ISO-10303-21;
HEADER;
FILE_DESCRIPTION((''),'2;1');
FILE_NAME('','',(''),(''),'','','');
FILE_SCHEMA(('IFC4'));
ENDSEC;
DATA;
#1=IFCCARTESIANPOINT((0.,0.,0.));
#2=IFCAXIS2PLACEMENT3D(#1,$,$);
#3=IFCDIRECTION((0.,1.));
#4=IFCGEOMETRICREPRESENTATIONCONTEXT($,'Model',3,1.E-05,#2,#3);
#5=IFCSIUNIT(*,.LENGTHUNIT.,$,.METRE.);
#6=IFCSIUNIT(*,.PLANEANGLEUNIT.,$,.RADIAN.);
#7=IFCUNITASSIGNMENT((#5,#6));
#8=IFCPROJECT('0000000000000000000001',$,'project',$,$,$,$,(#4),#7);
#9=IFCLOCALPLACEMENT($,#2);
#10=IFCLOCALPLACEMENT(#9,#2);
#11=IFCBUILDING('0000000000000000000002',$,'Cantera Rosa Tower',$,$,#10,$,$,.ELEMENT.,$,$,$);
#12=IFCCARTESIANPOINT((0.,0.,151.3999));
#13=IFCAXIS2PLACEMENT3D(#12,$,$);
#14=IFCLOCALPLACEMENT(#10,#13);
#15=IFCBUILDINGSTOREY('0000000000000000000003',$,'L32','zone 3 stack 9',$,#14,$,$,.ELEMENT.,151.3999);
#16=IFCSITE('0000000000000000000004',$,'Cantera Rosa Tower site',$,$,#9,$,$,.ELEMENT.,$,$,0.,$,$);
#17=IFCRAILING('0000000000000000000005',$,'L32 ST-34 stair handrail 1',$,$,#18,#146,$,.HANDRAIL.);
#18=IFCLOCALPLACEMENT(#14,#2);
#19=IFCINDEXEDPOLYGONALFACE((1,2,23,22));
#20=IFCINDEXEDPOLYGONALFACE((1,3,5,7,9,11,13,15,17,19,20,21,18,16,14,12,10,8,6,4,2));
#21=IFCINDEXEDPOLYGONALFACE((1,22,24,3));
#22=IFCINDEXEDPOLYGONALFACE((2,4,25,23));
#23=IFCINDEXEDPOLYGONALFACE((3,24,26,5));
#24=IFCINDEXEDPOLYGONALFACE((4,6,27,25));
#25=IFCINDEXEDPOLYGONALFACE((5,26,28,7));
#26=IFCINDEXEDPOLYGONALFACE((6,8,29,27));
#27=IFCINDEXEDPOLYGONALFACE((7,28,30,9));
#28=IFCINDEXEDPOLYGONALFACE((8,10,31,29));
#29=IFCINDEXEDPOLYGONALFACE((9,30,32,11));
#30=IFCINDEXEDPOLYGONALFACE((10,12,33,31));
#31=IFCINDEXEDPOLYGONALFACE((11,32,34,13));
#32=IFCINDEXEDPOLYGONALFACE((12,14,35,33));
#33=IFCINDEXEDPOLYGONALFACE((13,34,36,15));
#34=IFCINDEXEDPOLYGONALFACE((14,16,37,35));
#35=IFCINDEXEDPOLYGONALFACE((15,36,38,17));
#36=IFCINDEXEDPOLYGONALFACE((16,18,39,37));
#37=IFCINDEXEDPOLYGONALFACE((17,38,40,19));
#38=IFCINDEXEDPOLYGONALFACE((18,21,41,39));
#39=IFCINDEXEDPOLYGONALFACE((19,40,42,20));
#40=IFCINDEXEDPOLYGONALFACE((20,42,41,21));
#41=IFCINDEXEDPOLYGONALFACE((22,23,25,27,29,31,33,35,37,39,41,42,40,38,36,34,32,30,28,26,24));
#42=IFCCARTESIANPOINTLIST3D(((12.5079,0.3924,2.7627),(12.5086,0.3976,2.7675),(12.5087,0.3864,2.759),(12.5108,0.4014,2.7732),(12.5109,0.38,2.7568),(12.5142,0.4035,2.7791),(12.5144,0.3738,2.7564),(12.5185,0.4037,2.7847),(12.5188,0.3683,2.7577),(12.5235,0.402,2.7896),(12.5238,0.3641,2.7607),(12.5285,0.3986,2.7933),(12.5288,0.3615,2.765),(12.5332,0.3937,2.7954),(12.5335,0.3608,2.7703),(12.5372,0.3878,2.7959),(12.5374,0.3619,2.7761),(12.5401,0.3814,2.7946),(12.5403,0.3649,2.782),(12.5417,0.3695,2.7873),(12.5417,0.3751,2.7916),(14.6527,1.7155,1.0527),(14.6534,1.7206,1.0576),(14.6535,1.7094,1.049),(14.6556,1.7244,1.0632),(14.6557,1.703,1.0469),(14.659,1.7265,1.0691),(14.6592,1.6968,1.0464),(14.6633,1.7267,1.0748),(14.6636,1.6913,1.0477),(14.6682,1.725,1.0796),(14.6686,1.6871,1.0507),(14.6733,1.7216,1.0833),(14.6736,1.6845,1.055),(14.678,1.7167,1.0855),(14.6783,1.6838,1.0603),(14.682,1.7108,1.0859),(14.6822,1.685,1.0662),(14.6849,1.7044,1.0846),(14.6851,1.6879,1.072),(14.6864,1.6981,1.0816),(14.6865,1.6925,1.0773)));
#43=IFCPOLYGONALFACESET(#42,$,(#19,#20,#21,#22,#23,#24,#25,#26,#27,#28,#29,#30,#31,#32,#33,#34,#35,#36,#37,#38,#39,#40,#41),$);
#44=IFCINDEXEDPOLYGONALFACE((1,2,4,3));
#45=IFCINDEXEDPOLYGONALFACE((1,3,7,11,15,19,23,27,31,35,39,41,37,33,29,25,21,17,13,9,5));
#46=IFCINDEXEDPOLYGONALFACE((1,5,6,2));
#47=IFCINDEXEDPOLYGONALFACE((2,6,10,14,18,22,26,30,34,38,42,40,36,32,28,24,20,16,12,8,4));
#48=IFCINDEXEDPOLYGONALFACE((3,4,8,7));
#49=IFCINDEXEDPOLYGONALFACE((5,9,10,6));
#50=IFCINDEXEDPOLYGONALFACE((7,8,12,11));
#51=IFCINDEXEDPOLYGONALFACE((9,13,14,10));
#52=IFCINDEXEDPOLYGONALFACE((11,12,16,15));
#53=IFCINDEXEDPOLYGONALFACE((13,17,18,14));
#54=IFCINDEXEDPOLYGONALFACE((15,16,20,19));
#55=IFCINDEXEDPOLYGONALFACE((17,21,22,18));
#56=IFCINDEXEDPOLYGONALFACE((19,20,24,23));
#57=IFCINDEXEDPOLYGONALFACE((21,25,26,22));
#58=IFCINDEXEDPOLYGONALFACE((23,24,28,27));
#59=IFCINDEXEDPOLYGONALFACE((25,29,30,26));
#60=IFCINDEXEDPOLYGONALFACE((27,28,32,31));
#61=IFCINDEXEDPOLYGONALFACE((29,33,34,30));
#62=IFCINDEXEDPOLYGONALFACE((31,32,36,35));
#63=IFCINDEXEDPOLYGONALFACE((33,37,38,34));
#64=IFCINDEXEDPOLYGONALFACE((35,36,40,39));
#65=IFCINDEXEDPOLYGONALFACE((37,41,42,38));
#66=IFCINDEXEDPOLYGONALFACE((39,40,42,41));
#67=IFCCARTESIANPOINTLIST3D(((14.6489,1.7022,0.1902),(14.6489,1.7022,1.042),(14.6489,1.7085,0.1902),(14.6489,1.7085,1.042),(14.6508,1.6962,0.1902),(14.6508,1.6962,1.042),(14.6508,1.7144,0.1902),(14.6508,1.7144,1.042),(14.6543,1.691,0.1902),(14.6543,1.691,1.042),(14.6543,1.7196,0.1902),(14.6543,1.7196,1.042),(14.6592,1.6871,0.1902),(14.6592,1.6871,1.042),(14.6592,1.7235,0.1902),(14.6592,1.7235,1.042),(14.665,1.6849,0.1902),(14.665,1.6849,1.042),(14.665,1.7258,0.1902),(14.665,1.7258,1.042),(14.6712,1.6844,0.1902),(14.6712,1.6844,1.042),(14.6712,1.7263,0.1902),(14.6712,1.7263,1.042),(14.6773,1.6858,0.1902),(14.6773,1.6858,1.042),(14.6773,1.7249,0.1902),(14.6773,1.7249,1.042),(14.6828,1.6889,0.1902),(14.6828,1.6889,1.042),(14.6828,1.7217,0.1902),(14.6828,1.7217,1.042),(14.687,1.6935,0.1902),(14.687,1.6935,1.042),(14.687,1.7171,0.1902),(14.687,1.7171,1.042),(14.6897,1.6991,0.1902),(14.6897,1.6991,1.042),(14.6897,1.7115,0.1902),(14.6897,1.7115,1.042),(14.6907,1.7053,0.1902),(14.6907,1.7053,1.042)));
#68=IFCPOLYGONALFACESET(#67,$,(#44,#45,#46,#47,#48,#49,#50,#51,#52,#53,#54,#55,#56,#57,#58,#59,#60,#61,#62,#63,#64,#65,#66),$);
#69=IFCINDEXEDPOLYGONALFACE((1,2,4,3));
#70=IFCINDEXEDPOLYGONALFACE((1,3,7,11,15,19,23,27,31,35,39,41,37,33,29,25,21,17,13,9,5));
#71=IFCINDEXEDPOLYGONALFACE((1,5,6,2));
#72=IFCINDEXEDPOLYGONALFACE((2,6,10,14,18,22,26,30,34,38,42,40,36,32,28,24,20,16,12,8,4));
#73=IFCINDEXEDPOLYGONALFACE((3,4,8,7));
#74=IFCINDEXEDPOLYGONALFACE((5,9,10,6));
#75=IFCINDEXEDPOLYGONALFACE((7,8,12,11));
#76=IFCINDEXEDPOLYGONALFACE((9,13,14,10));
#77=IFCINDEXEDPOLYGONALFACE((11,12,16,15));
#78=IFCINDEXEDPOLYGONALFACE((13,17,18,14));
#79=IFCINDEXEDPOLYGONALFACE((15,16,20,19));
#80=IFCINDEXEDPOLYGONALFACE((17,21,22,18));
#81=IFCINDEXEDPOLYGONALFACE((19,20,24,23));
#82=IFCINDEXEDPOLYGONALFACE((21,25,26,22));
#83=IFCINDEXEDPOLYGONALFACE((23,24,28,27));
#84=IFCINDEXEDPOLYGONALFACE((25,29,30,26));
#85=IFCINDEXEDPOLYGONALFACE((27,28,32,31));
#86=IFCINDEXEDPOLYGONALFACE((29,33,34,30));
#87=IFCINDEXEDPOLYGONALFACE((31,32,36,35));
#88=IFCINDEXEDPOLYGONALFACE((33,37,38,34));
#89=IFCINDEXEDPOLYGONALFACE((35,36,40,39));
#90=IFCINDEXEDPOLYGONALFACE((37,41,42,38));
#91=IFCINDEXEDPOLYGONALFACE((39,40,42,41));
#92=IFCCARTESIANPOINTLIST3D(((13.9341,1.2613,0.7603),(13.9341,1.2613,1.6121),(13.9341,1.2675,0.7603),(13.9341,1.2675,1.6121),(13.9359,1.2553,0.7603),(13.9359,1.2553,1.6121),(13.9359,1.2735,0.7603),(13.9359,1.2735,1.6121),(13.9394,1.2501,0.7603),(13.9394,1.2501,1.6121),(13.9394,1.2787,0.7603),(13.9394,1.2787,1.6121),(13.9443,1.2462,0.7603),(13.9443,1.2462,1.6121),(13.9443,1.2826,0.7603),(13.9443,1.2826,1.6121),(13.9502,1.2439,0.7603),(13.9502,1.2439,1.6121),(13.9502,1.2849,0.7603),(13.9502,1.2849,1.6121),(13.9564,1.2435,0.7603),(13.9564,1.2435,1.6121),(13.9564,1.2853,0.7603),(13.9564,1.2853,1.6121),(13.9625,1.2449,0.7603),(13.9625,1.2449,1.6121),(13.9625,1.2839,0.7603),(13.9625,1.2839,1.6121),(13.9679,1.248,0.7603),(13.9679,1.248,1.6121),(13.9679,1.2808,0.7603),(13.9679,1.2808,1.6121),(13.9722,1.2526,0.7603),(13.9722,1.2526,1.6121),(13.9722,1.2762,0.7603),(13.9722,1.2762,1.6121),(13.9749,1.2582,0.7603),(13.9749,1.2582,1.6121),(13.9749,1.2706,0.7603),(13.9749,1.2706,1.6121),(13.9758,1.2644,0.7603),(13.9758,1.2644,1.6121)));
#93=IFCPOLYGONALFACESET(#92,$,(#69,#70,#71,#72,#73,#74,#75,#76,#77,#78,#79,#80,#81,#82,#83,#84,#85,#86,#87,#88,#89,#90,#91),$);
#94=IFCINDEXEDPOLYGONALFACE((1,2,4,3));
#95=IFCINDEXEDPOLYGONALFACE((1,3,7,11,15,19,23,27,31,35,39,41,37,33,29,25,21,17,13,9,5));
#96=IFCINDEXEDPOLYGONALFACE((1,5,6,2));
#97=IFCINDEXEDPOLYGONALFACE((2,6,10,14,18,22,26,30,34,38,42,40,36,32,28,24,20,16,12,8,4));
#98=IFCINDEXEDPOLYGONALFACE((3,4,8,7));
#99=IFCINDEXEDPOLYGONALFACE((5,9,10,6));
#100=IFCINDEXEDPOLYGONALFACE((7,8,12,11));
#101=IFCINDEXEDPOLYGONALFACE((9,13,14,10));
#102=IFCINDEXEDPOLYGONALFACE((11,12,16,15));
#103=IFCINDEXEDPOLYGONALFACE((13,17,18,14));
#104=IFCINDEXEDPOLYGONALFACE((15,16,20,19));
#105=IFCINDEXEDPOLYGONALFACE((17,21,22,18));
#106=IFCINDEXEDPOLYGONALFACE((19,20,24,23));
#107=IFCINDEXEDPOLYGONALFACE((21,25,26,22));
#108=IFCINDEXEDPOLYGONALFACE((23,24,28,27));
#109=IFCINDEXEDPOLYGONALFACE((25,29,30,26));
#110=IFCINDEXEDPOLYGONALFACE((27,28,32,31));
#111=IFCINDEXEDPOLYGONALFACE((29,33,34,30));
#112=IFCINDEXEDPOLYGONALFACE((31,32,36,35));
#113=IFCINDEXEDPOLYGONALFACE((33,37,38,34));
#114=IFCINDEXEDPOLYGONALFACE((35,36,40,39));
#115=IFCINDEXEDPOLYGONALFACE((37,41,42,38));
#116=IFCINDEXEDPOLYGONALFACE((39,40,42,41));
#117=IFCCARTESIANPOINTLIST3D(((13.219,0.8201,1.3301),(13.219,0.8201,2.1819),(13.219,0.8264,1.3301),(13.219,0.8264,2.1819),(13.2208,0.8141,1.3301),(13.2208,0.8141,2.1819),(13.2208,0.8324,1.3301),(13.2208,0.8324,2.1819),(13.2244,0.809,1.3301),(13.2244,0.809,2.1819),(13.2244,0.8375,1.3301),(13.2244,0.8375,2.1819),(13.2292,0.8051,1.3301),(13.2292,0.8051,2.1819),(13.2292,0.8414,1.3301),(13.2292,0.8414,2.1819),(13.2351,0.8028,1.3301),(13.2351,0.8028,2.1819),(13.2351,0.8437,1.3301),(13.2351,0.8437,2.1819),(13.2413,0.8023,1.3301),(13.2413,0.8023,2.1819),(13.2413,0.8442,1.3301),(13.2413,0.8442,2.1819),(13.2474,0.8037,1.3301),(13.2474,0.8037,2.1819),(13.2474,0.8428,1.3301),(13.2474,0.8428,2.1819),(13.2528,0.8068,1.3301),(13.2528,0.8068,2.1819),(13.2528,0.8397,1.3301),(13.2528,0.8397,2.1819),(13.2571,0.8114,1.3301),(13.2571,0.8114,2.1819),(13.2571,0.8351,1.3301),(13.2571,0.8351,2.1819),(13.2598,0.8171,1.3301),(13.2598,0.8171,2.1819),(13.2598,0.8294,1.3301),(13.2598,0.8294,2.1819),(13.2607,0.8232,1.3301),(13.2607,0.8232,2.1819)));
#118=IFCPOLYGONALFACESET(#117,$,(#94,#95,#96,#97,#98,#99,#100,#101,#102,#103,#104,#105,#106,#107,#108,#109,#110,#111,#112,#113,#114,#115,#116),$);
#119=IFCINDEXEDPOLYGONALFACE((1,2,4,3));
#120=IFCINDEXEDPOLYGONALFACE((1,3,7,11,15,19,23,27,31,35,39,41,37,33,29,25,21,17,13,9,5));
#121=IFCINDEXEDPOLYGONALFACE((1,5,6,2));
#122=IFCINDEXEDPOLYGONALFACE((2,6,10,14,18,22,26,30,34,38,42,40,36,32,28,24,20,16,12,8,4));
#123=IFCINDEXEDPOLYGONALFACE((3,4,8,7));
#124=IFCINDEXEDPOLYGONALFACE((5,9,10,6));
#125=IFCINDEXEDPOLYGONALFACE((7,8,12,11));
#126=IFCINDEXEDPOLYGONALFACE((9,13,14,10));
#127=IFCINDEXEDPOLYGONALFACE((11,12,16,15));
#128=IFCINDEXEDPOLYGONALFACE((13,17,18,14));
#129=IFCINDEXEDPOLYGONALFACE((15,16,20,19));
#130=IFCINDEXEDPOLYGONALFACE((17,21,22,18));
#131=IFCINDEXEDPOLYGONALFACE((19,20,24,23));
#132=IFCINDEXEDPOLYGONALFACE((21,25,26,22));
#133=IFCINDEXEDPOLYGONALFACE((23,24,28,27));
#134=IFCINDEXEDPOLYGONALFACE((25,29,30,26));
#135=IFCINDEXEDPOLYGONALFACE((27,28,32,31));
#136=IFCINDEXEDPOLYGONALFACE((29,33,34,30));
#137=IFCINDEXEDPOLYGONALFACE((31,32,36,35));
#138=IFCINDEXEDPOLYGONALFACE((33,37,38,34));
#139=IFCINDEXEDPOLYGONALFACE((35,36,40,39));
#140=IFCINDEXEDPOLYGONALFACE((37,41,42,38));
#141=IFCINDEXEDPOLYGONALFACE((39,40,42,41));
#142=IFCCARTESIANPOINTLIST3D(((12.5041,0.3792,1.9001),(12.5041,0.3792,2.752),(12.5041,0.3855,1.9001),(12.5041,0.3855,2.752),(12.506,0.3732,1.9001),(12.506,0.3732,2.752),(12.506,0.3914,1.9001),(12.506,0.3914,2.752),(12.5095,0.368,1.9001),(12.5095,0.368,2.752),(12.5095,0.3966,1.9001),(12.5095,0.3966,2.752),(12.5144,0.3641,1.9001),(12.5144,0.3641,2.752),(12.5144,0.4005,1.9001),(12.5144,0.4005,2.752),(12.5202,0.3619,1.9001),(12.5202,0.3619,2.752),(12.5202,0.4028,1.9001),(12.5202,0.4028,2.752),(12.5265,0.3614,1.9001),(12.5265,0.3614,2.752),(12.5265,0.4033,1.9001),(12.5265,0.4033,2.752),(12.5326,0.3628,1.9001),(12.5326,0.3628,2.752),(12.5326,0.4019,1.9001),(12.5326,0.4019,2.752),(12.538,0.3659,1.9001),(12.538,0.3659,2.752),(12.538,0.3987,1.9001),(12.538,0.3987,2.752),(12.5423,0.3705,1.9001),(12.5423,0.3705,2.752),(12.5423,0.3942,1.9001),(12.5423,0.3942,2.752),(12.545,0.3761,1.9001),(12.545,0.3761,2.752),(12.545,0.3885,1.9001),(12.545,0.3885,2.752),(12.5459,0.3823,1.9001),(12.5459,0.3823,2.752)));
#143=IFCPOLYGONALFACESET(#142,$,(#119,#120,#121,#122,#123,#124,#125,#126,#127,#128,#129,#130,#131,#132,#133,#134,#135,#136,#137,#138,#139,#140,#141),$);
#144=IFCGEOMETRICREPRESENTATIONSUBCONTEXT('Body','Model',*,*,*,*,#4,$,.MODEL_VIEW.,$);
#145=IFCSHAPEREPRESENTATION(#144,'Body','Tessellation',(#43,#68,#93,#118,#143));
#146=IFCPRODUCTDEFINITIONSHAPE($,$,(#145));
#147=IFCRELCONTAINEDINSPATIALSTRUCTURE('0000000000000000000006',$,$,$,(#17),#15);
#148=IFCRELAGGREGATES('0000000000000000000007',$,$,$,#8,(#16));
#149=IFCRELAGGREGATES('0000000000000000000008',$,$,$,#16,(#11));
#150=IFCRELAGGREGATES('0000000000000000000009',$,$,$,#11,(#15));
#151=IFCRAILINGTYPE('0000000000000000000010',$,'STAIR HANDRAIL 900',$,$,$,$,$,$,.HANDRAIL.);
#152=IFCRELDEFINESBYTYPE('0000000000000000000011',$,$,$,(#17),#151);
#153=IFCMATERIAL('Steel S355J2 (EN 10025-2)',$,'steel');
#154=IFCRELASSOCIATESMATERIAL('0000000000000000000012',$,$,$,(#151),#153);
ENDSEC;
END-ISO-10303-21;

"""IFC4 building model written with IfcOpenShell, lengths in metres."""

from ifc_helpers import new_model, si_unit, direction, frame, origin, origin_2d, place, context, subcontext, project, spatial, circle, extrude, material, type_object, element, save


model = new_model("IFC4")

# Units and contexts
model_context = context("Model", 3, precision=1e-05, world=origin(), true_north=direction((0.0, 1.0)))
body_context = subcontext(model_context, "Body", "Model", "MODEL_VIEW")
ifc_project = project(units=[si_unit("LENGTHUNIT", "METRE"), si_unit("PLANEANGLEUNIT", "RADIAN")], contexts=[model_context])

# Site, building, storey
site_placement = place(None, origin())
site = spatial("IfcSite", under=ifc_project, at=site_placement, Name="Cantera Rosa Tower site", CompositionType="ELEMENT", RefElevation=0.0)
building_placement = place(site_placement, origin())
building = spatial("IfcBuilding", under=site, at=building_placement, Name="Cantera Rosa Tower", CompositionType="ELEMENT")
storey_placement = place(building_placement, frame((0.0, 0.0, 151.3999)))
storey = spatial("IfcBuildingStorey", under=building, at=storey_placement, Name="L32", Description="zone 3 stack 9", CompositionType="ELEMENT", Elevation=151.3999)

# Railing
ifc_material_1 = material(Name="Steel S355J2 (EN 10025-2)", Category="steel")
railing_type_1 = type_object("IfcRailingType", Name="STAIR HANDRAIL 900", PredefinedType="HANDRAIL", material=ifc_material_1)
railing_1_placement = place(storey_placement, frame((14.6697, 1.7053, 0.1902)))
element("IfcRailing", 1, at=railing_1_placement, inside=storey, type_object=railing_type_1, Name="L32 ST-34 stair handrail 1", PredefinedType="HANDRAIL", context=body_context, shape_type="SweptSolid", body=[
    extrude(circle(Radius=0.0239, at=origin_2d()), frame((0.0, 0.0, 0.876), z_axis=(-0.704271, -0.434428, 0.561493), x_axis=(0.525, -0.851102, 0.0)), (0.0, 0.0, 1.0), 3.0454),
    extrude(circle(Radius=0.021, at=origin_2d()), origin(), (0.0, 0.0, 1.0), 0.8518),
    extrude(circle(Radius=0.021, at=origin_2d()), frame((-0.7148, -0.4409, 0.5701)), (0.0, 0.0, 1.0), 0.8518),
    extrude(circle(Radius=0.021, at=origin_2d()), frame((-1.4299, -0.8821, 1.1399)), (0.0, 0.0, 1.0), 0.8518),
    extrude(circle(Radius=0.021, at=origin_2d()), frame((-2.1448, -1.323, 1.71)), (0.0, 0.0, 1.0), 0.8518),
])

save(model, "model.ifc")
